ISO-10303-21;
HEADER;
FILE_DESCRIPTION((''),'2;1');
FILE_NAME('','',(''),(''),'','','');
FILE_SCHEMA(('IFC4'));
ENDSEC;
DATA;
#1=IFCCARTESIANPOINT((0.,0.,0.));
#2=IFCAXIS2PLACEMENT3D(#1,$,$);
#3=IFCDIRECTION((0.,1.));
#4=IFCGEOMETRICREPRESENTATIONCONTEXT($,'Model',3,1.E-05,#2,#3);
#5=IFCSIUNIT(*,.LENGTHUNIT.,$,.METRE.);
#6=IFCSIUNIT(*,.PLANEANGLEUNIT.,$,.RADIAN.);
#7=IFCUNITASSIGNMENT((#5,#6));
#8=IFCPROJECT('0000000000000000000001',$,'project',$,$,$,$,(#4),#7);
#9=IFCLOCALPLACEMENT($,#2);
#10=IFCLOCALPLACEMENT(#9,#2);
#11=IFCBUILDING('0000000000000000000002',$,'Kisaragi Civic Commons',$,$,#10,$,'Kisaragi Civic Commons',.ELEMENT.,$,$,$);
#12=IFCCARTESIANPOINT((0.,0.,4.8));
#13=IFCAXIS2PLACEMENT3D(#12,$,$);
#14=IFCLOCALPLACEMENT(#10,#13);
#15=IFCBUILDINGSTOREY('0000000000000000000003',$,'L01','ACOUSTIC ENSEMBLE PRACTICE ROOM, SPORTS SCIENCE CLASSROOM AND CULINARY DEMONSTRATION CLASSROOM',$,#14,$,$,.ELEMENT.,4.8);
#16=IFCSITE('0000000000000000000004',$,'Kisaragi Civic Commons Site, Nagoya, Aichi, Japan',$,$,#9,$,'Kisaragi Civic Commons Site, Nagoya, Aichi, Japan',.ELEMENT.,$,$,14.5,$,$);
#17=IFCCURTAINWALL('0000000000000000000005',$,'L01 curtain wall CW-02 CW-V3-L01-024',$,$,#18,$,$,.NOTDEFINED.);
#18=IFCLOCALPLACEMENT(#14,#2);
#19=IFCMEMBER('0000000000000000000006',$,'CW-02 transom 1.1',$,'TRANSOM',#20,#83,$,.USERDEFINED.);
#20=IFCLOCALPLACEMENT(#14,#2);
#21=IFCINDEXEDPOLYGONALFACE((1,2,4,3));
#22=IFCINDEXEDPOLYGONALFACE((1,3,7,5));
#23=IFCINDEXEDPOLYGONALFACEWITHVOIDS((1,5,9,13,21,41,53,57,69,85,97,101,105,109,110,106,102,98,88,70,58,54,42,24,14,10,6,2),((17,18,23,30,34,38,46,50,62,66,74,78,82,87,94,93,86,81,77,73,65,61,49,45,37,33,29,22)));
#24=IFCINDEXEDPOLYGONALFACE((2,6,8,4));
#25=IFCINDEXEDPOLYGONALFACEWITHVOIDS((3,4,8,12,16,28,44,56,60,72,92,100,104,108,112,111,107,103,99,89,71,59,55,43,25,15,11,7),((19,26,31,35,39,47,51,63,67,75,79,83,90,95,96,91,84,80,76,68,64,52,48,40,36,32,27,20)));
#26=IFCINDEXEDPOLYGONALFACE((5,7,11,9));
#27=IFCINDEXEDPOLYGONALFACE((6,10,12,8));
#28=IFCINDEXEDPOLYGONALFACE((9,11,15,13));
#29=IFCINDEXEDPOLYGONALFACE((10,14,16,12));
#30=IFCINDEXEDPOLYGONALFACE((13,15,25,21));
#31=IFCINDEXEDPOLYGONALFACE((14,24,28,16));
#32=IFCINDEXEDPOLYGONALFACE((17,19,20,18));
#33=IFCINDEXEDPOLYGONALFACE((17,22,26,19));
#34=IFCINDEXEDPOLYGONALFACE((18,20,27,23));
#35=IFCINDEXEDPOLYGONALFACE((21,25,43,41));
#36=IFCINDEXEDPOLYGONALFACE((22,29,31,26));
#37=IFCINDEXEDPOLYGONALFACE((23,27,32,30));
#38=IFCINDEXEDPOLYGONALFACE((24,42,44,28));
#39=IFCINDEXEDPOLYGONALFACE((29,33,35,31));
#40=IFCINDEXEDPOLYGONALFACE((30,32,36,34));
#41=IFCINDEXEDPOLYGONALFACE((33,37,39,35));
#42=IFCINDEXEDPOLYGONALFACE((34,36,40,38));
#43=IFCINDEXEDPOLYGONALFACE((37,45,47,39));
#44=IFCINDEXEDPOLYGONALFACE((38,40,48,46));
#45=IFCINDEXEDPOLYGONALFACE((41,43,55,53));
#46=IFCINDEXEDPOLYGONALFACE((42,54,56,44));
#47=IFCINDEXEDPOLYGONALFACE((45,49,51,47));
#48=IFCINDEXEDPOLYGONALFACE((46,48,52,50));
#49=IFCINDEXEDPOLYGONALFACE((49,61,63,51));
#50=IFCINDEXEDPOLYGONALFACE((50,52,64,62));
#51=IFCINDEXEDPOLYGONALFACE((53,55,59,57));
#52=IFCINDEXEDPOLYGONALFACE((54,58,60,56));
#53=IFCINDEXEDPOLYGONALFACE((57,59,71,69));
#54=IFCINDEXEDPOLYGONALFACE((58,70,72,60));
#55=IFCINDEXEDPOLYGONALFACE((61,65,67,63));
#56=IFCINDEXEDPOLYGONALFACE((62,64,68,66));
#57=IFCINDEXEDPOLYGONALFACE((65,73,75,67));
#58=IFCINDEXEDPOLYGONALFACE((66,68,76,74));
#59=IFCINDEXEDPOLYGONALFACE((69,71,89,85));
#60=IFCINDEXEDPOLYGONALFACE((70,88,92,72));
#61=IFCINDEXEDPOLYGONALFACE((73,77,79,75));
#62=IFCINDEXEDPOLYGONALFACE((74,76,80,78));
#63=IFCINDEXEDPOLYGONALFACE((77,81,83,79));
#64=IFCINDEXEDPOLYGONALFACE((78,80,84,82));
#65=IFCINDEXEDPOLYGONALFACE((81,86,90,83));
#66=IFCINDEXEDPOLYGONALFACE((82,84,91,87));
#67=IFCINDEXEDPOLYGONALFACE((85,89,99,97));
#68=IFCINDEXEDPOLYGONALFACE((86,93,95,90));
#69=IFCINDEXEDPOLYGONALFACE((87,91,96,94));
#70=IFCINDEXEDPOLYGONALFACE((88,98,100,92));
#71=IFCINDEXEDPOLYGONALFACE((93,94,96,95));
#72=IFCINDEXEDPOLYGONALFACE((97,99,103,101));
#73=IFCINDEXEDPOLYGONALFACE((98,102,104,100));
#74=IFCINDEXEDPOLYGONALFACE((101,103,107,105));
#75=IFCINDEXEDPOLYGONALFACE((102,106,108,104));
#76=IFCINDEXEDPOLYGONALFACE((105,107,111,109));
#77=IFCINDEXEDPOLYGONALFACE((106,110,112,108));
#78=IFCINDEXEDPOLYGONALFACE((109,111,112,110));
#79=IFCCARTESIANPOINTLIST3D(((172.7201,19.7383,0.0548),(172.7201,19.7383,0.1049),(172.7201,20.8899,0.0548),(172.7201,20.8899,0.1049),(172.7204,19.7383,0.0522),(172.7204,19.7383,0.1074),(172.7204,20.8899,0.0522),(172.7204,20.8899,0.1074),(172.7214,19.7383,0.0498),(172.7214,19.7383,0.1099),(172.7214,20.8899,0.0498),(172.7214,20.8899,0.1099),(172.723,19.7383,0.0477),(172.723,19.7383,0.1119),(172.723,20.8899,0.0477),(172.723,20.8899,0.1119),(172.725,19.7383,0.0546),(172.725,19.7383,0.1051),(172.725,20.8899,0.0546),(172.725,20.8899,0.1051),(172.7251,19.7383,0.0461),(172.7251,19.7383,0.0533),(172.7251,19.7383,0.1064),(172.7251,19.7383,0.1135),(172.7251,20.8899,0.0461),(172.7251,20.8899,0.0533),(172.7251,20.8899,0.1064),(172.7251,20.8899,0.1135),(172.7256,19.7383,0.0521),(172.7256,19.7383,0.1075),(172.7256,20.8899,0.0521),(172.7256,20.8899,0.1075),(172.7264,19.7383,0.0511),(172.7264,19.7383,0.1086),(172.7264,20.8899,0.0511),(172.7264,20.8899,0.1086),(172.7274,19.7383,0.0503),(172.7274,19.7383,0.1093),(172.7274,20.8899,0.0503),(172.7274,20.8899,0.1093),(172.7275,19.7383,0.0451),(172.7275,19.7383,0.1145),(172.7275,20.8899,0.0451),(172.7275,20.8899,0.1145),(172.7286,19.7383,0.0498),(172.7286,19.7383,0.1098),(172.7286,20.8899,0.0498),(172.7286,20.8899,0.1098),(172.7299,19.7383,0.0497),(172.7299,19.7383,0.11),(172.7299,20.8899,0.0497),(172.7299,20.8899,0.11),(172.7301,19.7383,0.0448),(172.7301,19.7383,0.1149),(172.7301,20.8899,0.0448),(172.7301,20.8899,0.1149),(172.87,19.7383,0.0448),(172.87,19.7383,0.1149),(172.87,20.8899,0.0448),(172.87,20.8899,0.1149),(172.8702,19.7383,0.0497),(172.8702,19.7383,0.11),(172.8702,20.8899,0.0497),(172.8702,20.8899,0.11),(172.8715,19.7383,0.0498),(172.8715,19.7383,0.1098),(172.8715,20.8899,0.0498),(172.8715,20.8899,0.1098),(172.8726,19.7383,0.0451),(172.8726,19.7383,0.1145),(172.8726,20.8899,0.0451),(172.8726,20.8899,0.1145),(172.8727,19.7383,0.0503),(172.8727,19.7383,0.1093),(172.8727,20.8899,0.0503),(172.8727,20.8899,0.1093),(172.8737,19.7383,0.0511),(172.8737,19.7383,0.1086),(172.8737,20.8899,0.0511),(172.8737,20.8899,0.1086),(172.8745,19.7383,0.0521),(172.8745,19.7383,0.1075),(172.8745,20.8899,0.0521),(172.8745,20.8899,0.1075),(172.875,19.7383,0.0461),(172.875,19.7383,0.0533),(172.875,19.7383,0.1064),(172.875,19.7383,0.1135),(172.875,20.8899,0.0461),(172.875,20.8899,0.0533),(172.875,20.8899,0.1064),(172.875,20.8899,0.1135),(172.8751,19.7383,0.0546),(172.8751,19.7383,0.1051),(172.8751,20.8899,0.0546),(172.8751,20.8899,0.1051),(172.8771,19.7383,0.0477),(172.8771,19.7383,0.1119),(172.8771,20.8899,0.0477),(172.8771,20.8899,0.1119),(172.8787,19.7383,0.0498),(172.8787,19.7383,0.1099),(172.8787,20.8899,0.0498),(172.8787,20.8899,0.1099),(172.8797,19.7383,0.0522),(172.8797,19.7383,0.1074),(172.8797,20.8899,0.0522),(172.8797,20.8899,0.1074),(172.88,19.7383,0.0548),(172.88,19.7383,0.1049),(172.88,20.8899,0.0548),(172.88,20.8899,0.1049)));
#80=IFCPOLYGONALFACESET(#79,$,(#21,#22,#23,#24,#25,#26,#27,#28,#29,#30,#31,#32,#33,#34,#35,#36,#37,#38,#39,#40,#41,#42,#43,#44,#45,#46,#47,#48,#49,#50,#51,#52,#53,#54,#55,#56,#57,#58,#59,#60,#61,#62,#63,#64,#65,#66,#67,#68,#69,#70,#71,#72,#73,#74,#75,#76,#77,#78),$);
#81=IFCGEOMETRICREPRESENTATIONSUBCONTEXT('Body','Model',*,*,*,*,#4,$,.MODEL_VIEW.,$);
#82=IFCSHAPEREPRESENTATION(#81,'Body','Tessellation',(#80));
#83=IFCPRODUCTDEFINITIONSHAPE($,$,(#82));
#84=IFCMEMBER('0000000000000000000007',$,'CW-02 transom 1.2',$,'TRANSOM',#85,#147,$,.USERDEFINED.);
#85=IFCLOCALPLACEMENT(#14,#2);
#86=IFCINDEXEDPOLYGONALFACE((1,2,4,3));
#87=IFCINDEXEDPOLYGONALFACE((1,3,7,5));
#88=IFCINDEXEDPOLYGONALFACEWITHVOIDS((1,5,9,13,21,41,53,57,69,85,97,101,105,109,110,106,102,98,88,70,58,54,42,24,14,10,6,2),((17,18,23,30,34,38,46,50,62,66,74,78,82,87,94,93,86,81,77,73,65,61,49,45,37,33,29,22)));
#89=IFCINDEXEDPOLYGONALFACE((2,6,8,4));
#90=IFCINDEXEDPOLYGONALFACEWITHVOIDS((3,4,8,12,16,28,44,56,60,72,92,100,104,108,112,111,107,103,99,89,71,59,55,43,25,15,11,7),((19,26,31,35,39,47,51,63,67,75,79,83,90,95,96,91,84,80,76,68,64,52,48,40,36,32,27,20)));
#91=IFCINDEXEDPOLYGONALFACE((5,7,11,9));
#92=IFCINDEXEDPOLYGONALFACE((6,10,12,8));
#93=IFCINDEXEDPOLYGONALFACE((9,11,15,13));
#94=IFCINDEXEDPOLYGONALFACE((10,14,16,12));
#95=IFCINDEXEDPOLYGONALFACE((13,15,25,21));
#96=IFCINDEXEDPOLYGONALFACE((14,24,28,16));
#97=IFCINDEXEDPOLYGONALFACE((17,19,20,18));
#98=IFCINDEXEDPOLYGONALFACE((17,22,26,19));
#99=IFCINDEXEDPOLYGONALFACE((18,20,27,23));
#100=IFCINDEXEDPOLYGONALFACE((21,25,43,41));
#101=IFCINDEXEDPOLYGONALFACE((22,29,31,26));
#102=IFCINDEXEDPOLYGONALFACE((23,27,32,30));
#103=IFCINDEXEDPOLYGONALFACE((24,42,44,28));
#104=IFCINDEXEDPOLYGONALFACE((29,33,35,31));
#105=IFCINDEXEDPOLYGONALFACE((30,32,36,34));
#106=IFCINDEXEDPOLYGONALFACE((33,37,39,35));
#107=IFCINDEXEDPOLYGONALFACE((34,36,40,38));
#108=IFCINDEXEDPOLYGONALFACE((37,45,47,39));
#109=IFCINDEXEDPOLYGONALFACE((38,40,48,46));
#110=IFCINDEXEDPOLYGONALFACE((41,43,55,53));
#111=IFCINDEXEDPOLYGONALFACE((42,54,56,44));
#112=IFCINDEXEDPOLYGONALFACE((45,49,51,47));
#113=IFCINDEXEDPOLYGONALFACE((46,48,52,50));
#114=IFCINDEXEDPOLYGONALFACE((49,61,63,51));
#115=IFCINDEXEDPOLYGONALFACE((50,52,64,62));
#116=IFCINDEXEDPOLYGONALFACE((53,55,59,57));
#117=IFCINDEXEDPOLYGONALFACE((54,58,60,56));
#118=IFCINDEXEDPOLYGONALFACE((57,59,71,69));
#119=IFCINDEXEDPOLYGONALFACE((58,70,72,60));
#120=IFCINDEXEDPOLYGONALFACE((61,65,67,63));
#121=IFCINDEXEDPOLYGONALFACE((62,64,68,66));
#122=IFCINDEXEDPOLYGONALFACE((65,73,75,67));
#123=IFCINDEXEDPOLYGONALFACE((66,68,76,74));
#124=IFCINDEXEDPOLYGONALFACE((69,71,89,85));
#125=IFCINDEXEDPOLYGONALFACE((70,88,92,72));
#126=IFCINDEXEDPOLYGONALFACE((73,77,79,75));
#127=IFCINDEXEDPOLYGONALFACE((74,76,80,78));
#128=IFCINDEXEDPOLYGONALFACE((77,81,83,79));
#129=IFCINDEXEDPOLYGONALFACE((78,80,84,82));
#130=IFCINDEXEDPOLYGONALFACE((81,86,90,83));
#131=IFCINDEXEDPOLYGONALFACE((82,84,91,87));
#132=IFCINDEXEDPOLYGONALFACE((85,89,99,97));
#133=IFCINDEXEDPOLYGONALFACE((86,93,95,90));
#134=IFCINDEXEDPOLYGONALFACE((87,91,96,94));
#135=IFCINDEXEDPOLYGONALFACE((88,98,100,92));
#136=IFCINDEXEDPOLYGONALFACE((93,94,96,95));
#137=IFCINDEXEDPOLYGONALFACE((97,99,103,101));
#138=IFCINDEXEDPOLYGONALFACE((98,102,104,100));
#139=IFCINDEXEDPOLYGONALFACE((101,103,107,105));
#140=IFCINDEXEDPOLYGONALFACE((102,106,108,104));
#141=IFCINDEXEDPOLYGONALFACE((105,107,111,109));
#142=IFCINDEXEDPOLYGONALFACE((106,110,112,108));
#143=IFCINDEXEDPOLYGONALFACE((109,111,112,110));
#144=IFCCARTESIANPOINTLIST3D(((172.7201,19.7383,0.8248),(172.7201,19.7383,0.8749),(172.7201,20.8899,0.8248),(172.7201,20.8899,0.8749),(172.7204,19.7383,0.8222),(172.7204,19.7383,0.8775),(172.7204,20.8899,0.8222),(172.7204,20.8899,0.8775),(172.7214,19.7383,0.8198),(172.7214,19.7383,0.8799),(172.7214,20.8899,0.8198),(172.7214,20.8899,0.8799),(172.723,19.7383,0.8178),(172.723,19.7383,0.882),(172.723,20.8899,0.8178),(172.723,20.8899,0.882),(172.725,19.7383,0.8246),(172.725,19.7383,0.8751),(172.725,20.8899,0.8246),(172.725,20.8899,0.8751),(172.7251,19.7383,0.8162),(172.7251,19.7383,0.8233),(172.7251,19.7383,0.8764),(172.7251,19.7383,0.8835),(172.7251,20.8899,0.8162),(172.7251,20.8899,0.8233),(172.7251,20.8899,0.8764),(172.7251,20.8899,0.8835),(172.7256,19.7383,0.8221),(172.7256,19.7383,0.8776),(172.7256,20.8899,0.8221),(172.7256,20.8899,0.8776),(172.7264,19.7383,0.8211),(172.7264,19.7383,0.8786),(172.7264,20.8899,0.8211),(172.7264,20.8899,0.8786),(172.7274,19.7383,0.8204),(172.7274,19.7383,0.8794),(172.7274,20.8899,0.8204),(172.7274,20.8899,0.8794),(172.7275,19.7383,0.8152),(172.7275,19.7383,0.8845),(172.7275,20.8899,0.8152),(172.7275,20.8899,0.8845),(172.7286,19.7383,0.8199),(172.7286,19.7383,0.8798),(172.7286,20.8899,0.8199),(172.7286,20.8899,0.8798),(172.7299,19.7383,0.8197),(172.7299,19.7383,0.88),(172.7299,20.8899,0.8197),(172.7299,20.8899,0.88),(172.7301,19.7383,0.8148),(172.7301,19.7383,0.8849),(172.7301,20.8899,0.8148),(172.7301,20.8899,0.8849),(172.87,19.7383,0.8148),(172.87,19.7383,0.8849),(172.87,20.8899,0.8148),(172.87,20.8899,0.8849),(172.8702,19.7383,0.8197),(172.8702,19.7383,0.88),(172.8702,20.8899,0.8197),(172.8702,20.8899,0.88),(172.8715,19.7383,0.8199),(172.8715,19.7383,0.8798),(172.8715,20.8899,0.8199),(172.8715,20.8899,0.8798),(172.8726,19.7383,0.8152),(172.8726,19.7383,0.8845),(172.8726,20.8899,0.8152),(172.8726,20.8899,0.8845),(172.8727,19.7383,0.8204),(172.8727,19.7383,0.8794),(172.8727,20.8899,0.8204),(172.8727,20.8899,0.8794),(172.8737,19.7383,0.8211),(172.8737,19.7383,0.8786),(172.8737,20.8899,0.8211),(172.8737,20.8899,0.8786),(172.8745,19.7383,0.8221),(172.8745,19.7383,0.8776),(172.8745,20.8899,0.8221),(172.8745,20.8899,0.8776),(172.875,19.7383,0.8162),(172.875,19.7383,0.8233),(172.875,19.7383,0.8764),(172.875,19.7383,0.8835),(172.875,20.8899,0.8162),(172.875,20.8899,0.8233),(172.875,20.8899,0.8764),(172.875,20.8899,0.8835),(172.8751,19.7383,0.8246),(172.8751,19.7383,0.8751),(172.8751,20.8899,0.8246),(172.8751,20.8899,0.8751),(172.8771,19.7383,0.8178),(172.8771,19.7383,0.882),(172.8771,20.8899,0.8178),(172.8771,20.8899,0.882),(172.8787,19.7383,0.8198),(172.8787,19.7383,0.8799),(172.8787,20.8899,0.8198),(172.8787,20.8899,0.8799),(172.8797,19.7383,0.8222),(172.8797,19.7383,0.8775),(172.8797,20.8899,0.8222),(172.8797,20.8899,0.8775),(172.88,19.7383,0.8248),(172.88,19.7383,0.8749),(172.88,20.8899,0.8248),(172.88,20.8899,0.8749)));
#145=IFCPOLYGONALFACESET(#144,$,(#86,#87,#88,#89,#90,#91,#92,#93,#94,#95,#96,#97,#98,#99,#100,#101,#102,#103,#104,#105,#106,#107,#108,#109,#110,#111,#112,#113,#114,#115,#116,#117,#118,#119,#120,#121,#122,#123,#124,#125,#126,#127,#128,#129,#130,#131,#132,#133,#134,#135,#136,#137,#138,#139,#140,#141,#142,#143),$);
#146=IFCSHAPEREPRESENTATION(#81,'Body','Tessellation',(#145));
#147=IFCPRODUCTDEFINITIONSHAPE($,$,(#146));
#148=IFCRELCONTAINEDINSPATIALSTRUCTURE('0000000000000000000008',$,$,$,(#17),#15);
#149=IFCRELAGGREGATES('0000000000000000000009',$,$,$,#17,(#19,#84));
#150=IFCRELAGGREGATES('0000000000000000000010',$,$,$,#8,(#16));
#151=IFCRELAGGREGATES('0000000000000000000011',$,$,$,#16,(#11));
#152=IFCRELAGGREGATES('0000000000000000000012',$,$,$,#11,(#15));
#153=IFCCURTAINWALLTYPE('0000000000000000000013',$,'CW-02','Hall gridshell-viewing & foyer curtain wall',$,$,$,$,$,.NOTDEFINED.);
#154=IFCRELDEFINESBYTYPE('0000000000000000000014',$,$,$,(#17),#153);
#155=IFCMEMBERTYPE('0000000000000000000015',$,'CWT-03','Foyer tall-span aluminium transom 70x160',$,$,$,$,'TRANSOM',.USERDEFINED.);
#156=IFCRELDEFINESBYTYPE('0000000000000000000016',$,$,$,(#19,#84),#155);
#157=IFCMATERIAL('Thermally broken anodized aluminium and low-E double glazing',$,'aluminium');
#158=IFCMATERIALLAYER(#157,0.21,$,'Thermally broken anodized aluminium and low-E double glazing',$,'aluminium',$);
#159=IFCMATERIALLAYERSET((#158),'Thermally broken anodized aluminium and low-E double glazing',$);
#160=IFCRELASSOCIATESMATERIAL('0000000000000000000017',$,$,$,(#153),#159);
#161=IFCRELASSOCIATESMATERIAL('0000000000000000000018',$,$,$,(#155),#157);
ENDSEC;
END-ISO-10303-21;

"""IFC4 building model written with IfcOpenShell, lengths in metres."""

from ifc_helpers import new_model, si_unit, direction, frame, origin, origin_2d, place, context, subcontext, project, spatial, hollow_rectangle, extrude, material, layer, layer_set, material_profile, profile_set, type_object, element, aggregate, save


model = new_model("IFC4")

# Units and contexts
model_context = context("Model", 3, precision=1e-05, world=origin(), true_north=direction((0.0, 1.0)))
body_context = subcontext(model_context, "Body", "Model", "MODEL_VIEW")
ifc_project = project(units=[si_unit("LENGTHUNIT", "METRE"), si_unit("PLANEANGLEUNIT", "RADIAN")], contexts=[model_context])

# Site, building, storey
site_placement = place(None, origin())
site = spatial("IfcSite", under=ifc_project, at=site_placement, Name="Kisaragi Civic Commons Site, Nagoya, Aichi, Japan", LongName="Kisaragi Civic Commons Site, Nagoya, Aichi, Japan", CompositionType="ELEMENT", RefElevation=14.5)
building_placement = place(site_placement, origin())
building = spatial("IfcBuilding", under=site, at=building_placement, Name="Kisaragi Civic Commons", LongName="Kisaragi Civic Commons", CompositionType="ELEMENT")
storey_placement = place(building_placement, frame((0.0, 0.0, 4.8)))
storey = spatial("IfcBuildingStorey", under=building, at=storey_placement, Name="L01", Description="ACOUSTIC ENSEMBLE PRACTICE ROOM, SPORTS SCIENCE CLASSROOM AND CULINARY DEMONSTRATION CLASSROOM", CompositionType="ELEMENT", Elevation=4.8)

# Shared definitions
ifc_material = material(Name="Thermally broken anodized aluminium and low-E double glazing", Category="aluminium")
ifc_layer_1 = layer(ifc_material, 0.21, Name="Thermally broken anodized aluminium and low-E double glazing", Category="aluminium")
ifc_layer_set_1 = layer_set([ifc_layer_1], Name="Thermally broken anodized aluminium and low-E double glazing")
curtain_wall_type = type_object("IfcCurtainWallType", Name="CW-02", Description="Hall gridshell-viewing & foyer curtain wall", PredefinedType="NOTDEFINED", material=ifc_layer_set_1)

# Curtain wall, members
curtain_wall_1_placement = place(storey_placement, origin())
curtain_wall_1 = element("IfcCurtainWall", 1, at=curtain_wall_1_placement, inside=storey, type_object=curtain_wall_type, Name="L01 curtain wall CW-02 CW-V3-L01-024", PredefinedType="NOTDEFINED")
ifc_material_profile_1 = material_profile(ifc_material, hollow_rectangle(XDim=0.1599, YDim=0.0701, WallThickness=0.0049, InnerFilletRadius=0.0049, OuterFilletRadius=0.01, at=origin_2d()), Name="CWT-70x160x5", Category="aluminium")
ifc_profile_set_1 = profile_set([ifc_material_profile_1], Name="Thermally broken anodized aluminium and low-E double glazing")
member_type_1 = type_object("IfcMemberType", Name="CWT-03", Description="Foyer tall-span aluminium transom 70x160", ElementType="TRANSOM", PredefinedType="USERDEFINED", material=ifc_profile_set_1)
member_1_placement = place(storey_placement, frame((172.8, 20.8899, 0.0798), z_axis=(0.0, -1.0, 0.0), x_axis=(1.0, 0.0, 0.0)))
member_1 = element("IfcMember", 2, at=member_1_placement, type_object=member_type_1, Name="CW-02 transom 1.1", ObjectType="TRANSOM", PredefinedType="USERDEFINED", context=body_context, shape_type="SweptSolid", body=[
    extrude(hollow_rectangle(XDim=0.1599, YDim=0.0701, WallThickness=0.0049, InnerFilletRadius=0.0049, OuterFilletRadius=0.01, at=origin_2d()), origin(), (0.0, 0.0, 1.0), 1.1516),
])
member_2_placement = place(storey_placement, frame((172.8, 20.8899, 0.8499), z_axis=(0.0, -1.0, 0.0), x_axis=(1.0, 0.0, 0.0)))
member_2 = element("IfcMember", 3, at=member_2_placement, type_object=member_type_1, Name="CW-02 transom 1.2", ObjectType="TRANSOM", PredefinedType="USERDEFINED", context=body_context, shape_type="SweptSolid", body=[
    extrude(hollow_rectangle(XDim=0.1599, YDim=0.0701, WallThickness=0.0049, InnerFilletRadius=0.0049, OuterFilletRadius=0.01, at=origin_2d()), origin(), (0.0, 0.0, 1.0), 1.1516),
])

aggregate(curtain_wall_1, [member_1, member_2])

save(model, "model.ifc")
